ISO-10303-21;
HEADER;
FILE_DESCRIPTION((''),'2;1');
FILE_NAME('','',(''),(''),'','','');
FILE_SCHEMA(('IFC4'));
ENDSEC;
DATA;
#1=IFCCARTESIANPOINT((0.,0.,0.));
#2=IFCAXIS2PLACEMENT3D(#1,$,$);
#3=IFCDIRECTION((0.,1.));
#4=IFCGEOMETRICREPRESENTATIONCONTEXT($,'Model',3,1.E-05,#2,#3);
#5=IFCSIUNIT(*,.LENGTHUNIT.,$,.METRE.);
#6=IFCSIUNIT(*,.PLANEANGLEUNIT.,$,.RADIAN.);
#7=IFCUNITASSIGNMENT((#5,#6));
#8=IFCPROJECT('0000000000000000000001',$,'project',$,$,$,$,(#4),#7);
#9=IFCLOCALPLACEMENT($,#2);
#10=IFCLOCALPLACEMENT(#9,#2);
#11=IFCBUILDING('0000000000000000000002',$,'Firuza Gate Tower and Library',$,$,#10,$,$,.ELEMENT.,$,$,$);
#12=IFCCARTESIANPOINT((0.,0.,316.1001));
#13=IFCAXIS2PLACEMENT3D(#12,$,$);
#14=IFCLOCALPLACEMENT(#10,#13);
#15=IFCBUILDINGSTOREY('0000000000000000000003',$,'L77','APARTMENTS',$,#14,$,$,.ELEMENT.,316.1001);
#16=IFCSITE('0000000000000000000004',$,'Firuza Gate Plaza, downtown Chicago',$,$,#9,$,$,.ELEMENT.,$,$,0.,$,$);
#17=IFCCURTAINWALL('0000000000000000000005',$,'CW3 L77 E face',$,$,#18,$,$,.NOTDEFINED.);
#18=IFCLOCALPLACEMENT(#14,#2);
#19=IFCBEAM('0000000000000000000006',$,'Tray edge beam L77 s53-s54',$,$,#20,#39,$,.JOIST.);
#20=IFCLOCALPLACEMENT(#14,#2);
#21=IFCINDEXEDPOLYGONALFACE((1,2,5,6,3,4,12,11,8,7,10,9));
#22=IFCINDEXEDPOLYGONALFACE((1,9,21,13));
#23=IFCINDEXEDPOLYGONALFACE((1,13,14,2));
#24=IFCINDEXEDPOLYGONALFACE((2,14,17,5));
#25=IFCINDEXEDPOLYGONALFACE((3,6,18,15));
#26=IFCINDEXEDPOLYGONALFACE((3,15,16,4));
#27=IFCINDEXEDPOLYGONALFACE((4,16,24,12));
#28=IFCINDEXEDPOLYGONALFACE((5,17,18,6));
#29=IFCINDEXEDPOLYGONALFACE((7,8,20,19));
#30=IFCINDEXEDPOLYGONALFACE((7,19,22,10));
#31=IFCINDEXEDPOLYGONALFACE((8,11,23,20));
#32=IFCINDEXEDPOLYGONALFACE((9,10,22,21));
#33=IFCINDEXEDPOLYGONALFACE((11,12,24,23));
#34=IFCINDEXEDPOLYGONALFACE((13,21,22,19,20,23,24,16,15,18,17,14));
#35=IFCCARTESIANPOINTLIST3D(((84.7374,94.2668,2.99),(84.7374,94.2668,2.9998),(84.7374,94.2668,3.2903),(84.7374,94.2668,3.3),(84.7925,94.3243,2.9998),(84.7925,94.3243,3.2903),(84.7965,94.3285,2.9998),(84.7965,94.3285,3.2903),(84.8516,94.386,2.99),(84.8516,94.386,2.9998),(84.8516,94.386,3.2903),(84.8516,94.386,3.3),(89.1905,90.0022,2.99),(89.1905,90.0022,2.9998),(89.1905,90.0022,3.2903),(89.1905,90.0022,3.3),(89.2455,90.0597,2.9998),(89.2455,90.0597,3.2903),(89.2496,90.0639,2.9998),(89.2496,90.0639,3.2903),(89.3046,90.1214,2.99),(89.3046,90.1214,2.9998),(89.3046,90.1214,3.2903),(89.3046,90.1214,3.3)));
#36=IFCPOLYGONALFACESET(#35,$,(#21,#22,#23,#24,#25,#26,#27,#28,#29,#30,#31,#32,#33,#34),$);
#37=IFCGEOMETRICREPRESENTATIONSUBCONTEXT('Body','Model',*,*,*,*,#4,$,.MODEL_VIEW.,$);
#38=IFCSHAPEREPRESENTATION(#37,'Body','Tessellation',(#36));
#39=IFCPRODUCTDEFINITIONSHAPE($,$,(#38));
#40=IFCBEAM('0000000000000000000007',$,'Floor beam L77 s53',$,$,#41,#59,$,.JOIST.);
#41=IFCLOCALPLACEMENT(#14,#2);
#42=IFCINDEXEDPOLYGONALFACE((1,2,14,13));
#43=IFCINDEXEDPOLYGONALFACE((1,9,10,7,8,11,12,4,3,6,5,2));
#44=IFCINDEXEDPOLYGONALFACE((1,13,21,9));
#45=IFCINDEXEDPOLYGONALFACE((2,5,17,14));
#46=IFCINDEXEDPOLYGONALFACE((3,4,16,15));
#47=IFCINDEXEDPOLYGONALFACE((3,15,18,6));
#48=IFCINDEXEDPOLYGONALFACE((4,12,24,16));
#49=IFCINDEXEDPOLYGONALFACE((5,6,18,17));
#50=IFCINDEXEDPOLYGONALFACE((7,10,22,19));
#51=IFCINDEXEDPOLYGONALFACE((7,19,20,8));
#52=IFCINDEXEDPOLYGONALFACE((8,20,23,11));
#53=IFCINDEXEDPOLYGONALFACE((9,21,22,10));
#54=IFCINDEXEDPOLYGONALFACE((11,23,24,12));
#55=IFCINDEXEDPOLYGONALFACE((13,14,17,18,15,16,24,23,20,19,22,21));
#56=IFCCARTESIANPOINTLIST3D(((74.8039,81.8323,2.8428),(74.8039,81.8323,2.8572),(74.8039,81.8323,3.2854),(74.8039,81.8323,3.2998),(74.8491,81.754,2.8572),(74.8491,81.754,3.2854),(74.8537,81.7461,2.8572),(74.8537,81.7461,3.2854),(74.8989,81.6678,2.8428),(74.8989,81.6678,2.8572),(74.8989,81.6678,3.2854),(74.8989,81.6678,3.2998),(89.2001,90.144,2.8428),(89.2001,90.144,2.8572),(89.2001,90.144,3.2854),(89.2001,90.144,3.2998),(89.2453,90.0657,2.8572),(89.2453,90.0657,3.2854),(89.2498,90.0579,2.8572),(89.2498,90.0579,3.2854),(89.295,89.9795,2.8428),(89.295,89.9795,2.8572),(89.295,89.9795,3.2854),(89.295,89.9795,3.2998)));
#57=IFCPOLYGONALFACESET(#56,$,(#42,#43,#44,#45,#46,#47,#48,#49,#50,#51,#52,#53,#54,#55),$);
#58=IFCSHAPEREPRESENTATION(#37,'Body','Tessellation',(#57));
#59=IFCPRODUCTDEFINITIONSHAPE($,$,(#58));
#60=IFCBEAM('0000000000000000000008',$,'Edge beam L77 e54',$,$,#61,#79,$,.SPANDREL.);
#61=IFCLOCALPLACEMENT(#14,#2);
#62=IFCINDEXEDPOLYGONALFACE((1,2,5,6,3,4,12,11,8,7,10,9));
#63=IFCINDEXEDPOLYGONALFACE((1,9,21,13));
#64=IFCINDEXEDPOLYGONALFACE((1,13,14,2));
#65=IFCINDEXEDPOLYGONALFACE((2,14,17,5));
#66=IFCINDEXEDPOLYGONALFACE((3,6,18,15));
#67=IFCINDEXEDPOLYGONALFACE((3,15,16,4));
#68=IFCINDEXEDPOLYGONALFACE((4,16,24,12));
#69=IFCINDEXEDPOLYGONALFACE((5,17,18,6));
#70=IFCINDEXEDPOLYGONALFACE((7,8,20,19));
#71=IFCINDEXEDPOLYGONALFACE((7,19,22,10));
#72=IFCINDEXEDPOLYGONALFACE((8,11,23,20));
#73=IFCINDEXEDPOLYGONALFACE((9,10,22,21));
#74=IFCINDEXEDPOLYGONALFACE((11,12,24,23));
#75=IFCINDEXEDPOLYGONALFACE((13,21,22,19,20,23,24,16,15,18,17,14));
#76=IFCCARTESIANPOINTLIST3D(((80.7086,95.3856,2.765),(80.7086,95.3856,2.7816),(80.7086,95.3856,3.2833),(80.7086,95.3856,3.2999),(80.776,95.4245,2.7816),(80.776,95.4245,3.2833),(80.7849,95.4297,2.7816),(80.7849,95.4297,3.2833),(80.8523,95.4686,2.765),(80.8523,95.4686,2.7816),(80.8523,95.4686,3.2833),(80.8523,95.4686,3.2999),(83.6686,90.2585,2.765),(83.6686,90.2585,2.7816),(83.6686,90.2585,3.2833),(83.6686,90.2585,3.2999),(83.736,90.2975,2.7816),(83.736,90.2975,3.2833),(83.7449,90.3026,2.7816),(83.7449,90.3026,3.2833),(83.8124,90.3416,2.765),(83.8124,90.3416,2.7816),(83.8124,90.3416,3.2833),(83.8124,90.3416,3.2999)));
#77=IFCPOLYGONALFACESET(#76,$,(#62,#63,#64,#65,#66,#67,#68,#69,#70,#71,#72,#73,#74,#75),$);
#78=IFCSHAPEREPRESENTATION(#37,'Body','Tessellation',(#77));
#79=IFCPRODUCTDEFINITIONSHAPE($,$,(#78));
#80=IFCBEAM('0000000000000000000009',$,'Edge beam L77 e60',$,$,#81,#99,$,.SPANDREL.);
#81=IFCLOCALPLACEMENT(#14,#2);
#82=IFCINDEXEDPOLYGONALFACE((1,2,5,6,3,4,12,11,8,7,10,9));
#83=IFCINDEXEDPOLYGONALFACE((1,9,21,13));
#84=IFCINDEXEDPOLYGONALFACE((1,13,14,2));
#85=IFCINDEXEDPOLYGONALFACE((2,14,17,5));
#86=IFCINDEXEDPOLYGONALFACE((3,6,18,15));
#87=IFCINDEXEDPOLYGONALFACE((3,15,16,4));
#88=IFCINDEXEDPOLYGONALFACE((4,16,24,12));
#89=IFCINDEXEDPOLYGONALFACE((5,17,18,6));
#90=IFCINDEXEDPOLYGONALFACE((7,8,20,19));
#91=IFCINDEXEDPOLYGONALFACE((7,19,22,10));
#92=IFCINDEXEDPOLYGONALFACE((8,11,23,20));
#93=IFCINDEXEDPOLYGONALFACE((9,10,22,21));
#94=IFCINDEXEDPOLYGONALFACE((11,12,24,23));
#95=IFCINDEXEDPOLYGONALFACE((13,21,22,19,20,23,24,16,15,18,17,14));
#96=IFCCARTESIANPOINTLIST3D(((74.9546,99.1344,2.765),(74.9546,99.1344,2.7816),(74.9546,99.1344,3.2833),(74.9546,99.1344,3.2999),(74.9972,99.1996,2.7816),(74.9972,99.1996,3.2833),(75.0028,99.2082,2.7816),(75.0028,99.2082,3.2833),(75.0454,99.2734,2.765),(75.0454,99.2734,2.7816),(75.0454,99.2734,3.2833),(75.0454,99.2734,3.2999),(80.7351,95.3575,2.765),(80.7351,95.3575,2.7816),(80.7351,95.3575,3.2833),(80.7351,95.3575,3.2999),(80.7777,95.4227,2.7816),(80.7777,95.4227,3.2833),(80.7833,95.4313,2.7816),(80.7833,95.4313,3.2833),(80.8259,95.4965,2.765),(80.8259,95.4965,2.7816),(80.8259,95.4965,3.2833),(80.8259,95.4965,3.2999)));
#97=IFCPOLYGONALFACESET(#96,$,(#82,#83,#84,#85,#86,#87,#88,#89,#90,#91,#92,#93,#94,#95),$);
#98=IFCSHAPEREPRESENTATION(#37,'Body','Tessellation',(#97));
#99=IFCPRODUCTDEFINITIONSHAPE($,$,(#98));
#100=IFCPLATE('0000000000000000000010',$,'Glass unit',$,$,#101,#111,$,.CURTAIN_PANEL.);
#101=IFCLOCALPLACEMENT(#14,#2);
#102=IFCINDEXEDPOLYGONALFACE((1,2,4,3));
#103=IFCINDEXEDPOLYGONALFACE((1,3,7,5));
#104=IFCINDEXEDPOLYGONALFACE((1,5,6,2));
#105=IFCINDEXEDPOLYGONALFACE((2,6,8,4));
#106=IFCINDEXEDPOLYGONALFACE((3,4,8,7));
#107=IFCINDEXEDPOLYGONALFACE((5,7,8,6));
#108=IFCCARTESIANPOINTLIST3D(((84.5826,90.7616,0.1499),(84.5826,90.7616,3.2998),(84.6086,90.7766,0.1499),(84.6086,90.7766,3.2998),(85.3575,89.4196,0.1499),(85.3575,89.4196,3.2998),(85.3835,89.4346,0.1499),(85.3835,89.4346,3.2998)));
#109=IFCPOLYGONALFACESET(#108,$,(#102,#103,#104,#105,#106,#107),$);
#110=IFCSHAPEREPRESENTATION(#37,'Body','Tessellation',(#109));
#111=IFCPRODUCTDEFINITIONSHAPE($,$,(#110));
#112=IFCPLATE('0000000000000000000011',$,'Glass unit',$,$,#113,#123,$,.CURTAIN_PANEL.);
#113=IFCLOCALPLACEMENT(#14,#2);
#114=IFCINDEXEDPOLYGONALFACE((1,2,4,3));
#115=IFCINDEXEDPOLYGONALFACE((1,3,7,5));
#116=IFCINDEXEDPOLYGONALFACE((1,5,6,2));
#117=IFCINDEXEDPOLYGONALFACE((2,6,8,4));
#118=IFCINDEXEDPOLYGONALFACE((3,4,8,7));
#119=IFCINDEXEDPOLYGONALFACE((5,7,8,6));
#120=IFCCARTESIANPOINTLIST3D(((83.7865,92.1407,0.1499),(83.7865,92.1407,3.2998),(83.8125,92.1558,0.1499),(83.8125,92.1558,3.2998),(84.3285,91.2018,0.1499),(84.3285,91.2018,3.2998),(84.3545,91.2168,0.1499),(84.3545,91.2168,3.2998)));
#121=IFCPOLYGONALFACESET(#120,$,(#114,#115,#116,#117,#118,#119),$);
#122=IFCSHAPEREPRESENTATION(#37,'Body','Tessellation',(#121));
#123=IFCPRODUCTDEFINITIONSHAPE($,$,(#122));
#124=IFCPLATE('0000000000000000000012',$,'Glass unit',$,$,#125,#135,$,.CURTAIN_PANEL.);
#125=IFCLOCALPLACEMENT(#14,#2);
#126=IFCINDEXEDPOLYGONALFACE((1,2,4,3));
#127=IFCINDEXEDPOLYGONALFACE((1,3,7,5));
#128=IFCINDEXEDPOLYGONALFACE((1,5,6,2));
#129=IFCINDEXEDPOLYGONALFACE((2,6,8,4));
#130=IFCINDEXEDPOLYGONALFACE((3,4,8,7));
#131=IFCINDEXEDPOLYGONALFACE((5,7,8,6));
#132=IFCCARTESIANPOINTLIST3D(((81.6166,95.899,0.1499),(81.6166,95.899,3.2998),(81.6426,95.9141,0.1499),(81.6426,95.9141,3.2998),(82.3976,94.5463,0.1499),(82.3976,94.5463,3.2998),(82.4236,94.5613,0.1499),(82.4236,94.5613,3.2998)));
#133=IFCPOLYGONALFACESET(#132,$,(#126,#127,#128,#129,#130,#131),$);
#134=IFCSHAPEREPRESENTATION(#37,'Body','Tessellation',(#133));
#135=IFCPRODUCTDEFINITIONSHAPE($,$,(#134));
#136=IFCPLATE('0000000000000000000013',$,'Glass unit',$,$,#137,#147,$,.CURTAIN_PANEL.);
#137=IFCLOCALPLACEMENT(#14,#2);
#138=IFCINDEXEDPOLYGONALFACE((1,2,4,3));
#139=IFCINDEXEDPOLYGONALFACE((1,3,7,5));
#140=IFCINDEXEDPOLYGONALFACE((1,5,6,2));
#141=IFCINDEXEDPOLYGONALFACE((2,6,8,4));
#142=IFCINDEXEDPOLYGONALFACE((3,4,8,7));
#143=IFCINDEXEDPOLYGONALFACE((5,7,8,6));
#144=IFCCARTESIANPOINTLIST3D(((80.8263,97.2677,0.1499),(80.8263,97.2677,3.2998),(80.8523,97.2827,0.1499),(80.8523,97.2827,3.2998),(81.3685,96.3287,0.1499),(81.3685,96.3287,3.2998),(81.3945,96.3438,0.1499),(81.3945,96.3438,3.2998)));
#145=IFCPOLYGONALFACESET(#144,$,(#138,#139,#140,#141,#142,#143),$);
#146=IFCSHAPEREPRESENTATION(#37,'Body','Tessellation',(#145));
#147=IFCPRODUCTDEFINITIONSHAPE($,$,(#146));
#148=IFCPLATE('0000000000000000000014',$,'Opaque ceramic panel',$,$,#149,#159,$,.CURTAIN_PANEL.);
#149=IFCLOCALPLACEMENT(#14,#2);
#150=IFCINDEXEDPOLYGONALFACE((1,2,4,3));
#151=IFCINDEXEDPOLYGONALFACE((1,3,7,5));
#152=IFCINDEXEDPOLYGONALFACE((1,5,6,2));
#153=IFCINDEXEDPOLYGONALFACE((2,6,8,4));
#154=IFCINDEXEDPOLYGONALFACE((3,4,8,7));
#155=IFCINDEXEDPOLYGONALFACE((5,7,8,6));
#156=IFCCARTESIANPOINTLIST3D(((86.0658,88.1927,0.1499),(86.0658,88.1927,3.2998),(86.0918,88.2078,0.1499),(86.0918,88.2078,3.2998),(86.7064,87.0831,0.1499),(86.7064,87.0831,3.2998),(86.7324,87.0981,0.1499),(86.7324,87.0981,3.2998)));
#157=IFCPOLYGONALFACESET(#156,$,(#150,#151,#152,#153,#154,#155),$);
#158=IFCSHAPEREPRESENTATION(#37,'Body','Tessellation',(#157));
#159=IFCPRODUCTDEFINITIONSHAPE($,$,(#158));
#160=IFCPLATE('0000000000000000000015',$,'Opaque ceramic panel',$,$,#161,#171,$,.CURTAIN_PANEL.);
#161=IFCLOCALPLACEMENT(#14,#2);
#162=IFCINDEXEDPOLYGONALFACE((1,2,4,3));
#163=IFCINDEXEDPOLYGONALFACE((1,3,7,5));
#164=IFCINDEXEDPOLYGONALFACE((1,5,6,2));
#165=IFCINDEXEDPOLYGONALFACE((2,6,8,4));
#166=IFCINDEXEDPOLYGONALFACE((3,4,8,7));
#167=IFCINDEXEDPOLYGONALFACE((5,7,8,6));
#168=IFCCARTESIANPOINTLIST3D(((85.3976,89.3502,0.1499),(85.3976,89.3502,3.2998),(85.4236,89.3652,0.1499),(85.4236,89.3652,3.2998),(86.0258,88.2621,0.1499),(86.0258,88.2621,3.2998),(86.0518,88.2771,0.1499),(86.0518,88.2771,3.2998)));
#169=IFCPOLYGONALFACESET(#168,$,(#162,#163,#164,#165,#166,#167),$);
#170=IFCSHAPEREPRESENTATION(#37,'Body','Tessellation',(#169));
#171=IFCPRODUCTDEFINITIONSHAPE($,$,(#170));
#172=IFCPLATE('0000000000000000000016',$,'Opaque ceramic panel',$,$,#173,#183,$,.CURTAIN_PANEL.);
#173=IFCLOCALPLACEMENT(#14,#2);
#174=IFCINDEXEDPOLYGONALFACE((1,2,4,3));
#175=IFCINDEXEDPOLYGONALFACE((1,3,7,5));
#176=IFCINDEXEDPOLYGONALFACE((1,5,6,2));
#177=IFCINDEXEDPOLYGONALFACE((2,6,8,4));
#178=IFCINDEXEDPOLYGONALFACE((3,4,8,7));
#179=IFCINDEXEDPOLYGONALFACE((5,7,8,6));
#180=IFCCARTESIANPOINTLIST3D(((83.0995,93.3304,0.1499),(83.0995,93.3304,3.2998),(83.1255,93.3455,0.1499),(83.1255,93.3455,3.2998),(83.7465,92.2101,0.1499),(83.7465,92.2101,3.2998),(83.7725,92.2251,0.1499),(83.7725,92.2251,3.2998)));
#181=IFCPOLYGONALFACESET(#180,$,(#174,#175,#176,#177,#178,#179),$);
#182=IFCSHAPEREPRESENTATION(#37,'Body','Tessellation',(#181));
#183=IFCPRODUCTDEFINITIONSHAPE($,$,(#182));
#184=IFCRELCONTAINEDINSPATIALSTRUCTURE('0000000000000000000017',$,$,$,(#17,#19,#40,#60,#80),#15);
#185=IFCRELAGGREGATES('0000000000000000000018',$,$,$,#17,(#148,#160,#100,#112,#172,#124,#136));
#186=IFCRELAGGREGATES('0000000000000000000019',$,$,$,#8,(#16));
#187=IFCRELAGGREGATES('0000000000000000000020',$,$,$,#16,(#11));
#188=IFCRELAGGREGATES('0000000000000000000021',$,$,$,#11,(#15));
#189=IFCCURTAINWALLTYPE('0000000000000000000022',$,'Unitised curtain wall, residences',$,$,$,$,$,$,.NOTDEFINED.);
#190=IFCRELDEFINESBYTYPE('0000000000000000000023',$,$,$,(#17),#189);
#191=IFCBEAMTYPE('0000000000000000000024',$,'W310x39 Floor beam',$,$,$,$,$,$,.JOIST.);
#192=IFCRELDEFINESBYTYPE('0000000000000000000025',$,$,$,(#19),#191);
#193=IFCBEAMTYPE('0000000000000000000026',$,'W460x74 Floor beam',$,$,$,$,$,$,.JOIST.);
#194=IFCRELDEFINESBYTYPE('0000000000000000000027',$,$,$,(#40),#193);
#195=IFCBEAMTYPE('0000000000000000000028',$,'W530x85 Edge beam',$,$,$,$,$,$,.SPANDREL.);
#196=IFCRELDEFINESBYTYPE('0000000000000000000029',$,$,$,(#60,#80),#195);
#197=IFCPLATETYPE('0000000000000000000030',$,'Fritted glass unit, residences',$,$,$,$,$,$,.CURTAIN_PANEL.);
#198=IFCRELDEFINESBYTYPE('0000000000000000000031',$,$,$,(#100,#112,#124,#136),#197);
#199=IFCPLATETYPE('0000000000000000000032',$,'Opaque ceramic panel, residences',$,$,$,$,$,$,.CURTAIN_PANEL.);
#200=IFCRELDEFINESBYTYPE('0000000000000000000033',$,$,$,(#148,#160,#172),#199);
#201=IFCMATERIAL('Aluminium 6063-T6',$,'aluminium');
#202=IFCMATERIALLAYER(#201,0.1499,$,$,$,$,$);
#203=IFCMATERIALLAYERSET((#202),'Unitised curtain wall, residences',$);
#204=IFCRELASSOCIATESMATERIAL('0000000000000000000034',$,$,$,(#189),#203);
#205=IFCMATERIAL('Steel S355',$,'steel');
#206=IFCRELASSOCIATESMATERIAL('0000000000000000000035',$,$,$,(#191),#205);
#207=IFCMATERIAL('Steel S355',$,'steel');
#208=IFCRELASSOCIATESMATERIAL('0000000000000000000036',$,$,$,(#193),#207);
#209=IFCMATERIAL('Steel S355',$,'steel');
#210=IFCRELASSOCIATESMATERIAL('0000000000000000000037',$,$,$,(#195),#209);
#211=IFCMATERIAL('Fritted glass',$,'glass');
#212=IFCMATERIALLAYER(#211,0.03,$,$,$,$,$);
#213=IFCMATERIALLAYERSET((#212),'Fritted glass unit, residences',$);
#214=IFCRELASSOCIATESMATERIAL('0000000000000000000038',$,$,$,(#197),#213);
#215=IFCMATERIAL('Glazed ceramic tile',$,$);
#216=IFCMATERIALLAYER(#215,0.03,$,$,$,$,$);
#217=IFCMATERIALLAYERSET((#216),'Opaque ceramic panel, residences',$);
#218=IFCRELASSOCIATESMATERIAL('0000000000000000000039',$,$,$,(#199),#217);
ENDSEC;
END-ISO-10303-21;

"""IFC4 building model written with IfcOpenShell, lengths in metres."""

from ifc_helpers import new_model, si_unit, direction, frame, origin, origin_2d, place, context, subcontext, project, spatial, polyline, i_section, outline, extrude, material, layer, layer_set, material_profile, profile_set, type_object, element, aggregate, save


model = new_model("IFC4")

# Units and contexts
model_context = context("Model", 3, precision=1e-05, world=origin(), true_north=direction((0.0, 1.0)))
body_context = subcontext(model_context, "Body", "Model", "MODEL_VIEW")
ifc_project = project(units=[si_unit("LENGTHUNIT", "METRE"), si_unit("PLANEANGLEUNIT", "RADIAN")], contexts=[model_context])

# Site, building, storey
site_placement = place(None, origin())
site = spatial("IfcSite", under=ifc_project, at=site_placement, Name="Firuza Gate Plaza, downtown Chicago", CompositionType="ELEMENT", RefElevation=0.0)
building_placement = place(site_placement, origin())
building = spatial("IfcBuilding", under=site, at=building_placement, Name="Firuza Gate Tower and Library", CompositionType="ELEMENT")
storey_placement = place(building_placement, frame((0.0, 0.0, 316.1001)))
storey = spatial("IfcBuildingStorey", under=building, at=storey_placement, Name="L77", Description="APARTMENTS", CompositionType="ELEMENT", Elevation=316.1001)

# Curtain wall
ifc_material_1 = material(Name="Aluminium 6063-T6", Category="aluminium")
ifc_layer_1 = layer(ifc_material_1, 0.1499)
ifc_layer_set_1 = layer_set([ifc_layer_1], Name="Unitised curtain wall, residences")
curtain_wall_type = type_object("IfcCurtainWallType", Name="Unitised curtain wall, residences", PredefinedType="NOTDEFINED", material=ifc_layer_set_1)
curtain_wall_placement = place(storey_placement, origin())
curtain_wall = element("IfcCurtainWall", 1, at=curtain_wall_placement, inside=storey, type_object=curtain_wall_type, Name="CW3 L77 E face", PredefinedType="NOTDEFINED")

# Beams
ifc_material_2 = material(Name="Steel S355", Category="steel")
ifc_material_profile_1 = material_profile(ifc_material_2, i_section(OverallWidth=0.165, OverallDepth=0.3101, WebThickness=0.0059, FlangeThickness=0.0098, at=origin_2d()))
ifc_profile_set_1 = profile_set([ifc_material_profile_1], Name="Steel S355")
beam_type_1 = type_object("IfcBeamType", Name="W310x39 Floor beam", PredefinedType="JOIST", material=ifc_profile_set_1)
beam_1_placement = place(storey_placement, frame((89.2476, 90.0618, 3.145), z_axis=(-0.722226, 0.691658, 0.0), x_axis=(-0.691658, -0.722226, 0.0)))
element("IfcBeam", 2, at=beam_1_placement, inside=storey, type_object=beam_type_1, Name="Tray edge beam L77 s53-s54", PredefinedType="JOIST", context=body_context, shape_type="SweptSolid", body=[
    extrude(i_section(OverallWidth=0.165, OverallDepth=0.3101, WebThickness=0.0059, FlangeThickness=0.0098, at=origin_2d()), origin(), (0.0, 0.0, 1.0), 6.1658),
])
ifc_material_3 = material(Name="Steel S355", Category="steel")
ifc_material_profile_2 = material_profile(ifc_material_3, i_section(OverallWidth=0.1899, OverallDepth=0.457, WebThickness=0.009, FlangeThickness=0.0144, at=origin_2d()))
ifc_profile_set_2 = profile_set([ifc_material_profile_2], Name="Steel S355")
beam_type_2 = type_object("IfcBeamType", Name="W460x74 Floor beam", PredefinedType="JOIST", material=ifc_profile_set_2)
beam_2_placement = place(storey_placement, frame((89.2476, 90.0618, 3.0713), z_axis=(-0.866023, -0.500004, 0.0), x_axis=(0.500004, -0.866023, 0.0)))
element("IfcBeam", 3, at=beam_2_placement, inside=storey, type_object=beam_type_2, Name="Floor beam L77 s53", PredefinedType="JOIST", context=body_context, shape_type="SweptSolid", body=[
    extrude(i_section(OverallWidth=0.1899, OverallDepth=0.457, WebThickness=0.009, FlangeThickness=0.0144, at=origin_2d()), origin(), (0.0, 0.0, 1.0), 16.6233),
])
ifc_material_4 = material(Name="Steel S355", Category="steel")
ifc_material_profile_3 = material_profile(ifc_material_4, i_section(OverallWidth=0.166, OverallDepth=0.5349, WebThickness=0.0103, FlangeThickness=0.0166, at=origin_2d()))
ifc_profile_set_3 = profile_set([ifc_material_profile_3], Name="Steel S355")
beam_type_3 = type_object("IfcBeamType", Name="W530x85 Edge beam", PredefinedType="SPANDREL", material=ifc_profile_set_3)
beam_3_placement = place(storey_placement, frame((83.7405, 90.3, 3.0325), z_axis=(-0.499989, 0.866032, 0.0), x_axis=(-0.866032, -0.499989, 0.0)))
element("IfcBeam", 4, at=beam_3_placement, inside=storey, type_object=beam_type_3, Name="Edge beam L77 e54", PredefinedType="SPANDREL", context=body_context, shape_type="SweptSolid", body=[
    extrude(i_section(OverallWidth=0.166, OverallDepth=0.5349, WebThickness=0.0103, FlangeThickness=0.0166, at=origin_2d()), origin(), (0.0, 0.0, 1.0), 5.9202),
])
beam_4_placement = place(storey_placement, frame((80.7805, 95.427, 3.0325), z_axis=(-0.83715, 0.546974, 0.0), x_axis=(-0.546974, -0.83715, 0.0)))
element("IfcBeam", 5, at=beam_4_placement, inside=storey, type_object=beam_type_3, Name="Edge beam L77 e60", PredefinedType="SPANDREL", context=body_context, shape_type="SweptSolid", body=[
    extrude(i_section(OverallWidth=0.166, OverallDepth=0.5349, WebThickness=0.0103, FlangeThickness=0.0166, at=origin_2d()), origin(), (0.0, 0.0, 1.0), 6.905),
])

# Plates
ifc_material_5 = material(Name="Fritted glass", Category="glass")
ifc_layer_2 = layer(ifc_material_5, 0.03)
ifc_layer_set_2 = layer_set([ifc_layer_2], Name="Fritted glass unit, residences")
plate_type_1 = type_object("IfcPlateType", Name="Fritted glass unit, residences", PredefinedType="CURTAIN_PANEL", material=ifc_layer_set_2)
plate_1_placement = place(storey_placement, frame((85.3835, 89.4346, 0.1499), z_axis=(0.866005, 0.500036, 0.0), x_axis=(-0.500036, 0.866005, 0.0)))
plate_1 = element("IfcPlate", 6, at=plate_1_placement, type_object=plate_type_1, Name="Glass unit", PredefinedType="CURTAIN_PANEL", context=body_context, shape_type="SweptSolid", body=[
    extrude(outline(polyline([(0.0, 0.0), (1.5497, 0.0), (1.5497, 3.1499), (0.0, 3.1499), (0.0, 0.0)])), origin(), (0.0, 0.0, -1.0), 0.03),
])
plate_2_placement = place(storey_placement, frame((84.3545, 91.2168, 0.1499), z_axis=(0.866073, 0.499917, 0.0), x_axis=(-0.499917, 0.866073, 0.0)))
plate_2 = element("IfcPlate", 7, at=plate_2_placement, type_object=plate_type_1, Name="Glass unit", PredefinedType="CURTAIN_PANEL", context=body_context, shape_type="SweptSolid", body=[
    extrude(outline(polyline([(0.0, 0.0), (1.0842, 0.0), (1.0842, 3.1499), (0.0, 3.1499), (0.0, 0.0)])), origin(), (0.0, 0.0, -1.0), 0.03),
])
plate_3_placement = place(storey_placement, frame((82.4236, 94.5613, 0.1499), z_axis=(0.866032, 0.499989, 0.0), x_axis=(-0.499989, 0.866032, 0.0)))
plate_3 = element("IfcPlate", 8, at=plate_3_placement, type_object=plate_type_1, Name="Glass unit", PredefinedType="CURTAIN_PANEL", context=body_context, shape_type="SweptSolid", body=[
    extrude(outline(polyline([(0.0, 0.0), (1.562, 0.0), (1.562, 3.1499), (0.0, 3.1499), (0.0, 0.0)])), origin(), (0.0, 0.0, -1.0), 0.03),
])
plate_4_placement = place(storey_placement, frame((81.3945, 96.3438, 0.1499), z_axis=(0.865976, 0.500086, 0.0), x_axis=(-0.500086, 0.865976, 0.0)))
plate_4 = element("IfcPlate", 9, at=plate_4_placement, type_object=plate_type_1, Name="Glass unit", PredefinedType="CURTAIN_PANEL", context=body_context, shape_type="SweptSolid", body=[
    extrude(outline(polyline([(0.0, 0.0), (1.0843, 0.0), (1.0843, 3.1499), (0.0, 3.1499), (0.0, 0.0)])), origin(), (0.0, 0.0, -1.0), 0.03),
])
ifc_material_6 = material(Name="Glazed ceramic tile")
ifc_layer_3 = layer(ifc_material_6, 0.03)
ifc_layer_set_3 = layer_set([ifc_layer_3], Name="Opaque ceramic panel, residences")
plate_type_2 = type_object("IfcPlateType", Name="Opaque ceramic panel, residences", PredefinedType="CURTAIN_PANEL", material=ifc_layer_set_3)
plate_5_placement = place(storey_placement, frame((86.7324, 87.0981, 0.1499), z_axis=(0.86603, 0.499992, 0.0), x_axis=(-0.499992, 0.86603, 0.0)))
plate_5 = element("IfcPlate", 10, at=plate_5_placement, type_object=plate_type_2, Name="Opaque ceramic panel", PredefinedType="CURTAIN_PANEL", context=body_context, shape_type="SweptSolid", body=[
    extrude(outline(polyline([(0.0, 0.0), (1.2813, 0.0), (1.2813, 3.1499), (0.0, 3.1499), (0.0, 0.0)])), origin(), (0.0, 0.0, -1.0), 0.03),
])
plate_6_placement = place(storey_placement, frame((86.0518, 88.2771, 0.1499), z_axis=(0.866046, 0.499964, 0.0), x_axis=(-0.499964, 0.866046, 0.0)))
plate_6 = element("IfcPlate", 11, at=plate_6_placement, type_object=plate_type_2, Name="Opaque ceramic panel", PredefinedType="CURTAIN_PANEL", context=body_context, shape_type="SweptSolid", body=[
    extrude(outline(polyline([(0.0, 0.0), (1.2564, 0.0), (1.2564, 3.1499), (0.0, 3.1499), (0.0, 0.0)])), origin(), (0.0, 0.0, -1.0), 0.03),
])
plate_7_placement = place(storey_placement, frame((83.7725, 92.2251, 0.1499), z_axis=(0.865981, 0.500076, 0.0), x_axis=(-0.500076, 0.865981, 0.0)))
plate_7 = element("IfcPlate", 12, at=plate_7_placement, type_object=plate_type_2, Name="Opaque ceramic panel", PredefinedType="CURTAIN_PANEL", context=body_context, shape_type="SweptSolid", body=[
    extrude(outline(polyline([(0.0, 0.0), (1.2937, 0.0), (1.2937, 3.1499), (0.0, 3.1499), (0.0, 0.0)])), origin(), (0.0, 0.0, -1.0), 0.03),
])
aggregate(curtain_wall, [plate_5, plate_6, plate_1, plate_2, plate_7, plate_3, plate_4])

save(model, "model.ifc")
